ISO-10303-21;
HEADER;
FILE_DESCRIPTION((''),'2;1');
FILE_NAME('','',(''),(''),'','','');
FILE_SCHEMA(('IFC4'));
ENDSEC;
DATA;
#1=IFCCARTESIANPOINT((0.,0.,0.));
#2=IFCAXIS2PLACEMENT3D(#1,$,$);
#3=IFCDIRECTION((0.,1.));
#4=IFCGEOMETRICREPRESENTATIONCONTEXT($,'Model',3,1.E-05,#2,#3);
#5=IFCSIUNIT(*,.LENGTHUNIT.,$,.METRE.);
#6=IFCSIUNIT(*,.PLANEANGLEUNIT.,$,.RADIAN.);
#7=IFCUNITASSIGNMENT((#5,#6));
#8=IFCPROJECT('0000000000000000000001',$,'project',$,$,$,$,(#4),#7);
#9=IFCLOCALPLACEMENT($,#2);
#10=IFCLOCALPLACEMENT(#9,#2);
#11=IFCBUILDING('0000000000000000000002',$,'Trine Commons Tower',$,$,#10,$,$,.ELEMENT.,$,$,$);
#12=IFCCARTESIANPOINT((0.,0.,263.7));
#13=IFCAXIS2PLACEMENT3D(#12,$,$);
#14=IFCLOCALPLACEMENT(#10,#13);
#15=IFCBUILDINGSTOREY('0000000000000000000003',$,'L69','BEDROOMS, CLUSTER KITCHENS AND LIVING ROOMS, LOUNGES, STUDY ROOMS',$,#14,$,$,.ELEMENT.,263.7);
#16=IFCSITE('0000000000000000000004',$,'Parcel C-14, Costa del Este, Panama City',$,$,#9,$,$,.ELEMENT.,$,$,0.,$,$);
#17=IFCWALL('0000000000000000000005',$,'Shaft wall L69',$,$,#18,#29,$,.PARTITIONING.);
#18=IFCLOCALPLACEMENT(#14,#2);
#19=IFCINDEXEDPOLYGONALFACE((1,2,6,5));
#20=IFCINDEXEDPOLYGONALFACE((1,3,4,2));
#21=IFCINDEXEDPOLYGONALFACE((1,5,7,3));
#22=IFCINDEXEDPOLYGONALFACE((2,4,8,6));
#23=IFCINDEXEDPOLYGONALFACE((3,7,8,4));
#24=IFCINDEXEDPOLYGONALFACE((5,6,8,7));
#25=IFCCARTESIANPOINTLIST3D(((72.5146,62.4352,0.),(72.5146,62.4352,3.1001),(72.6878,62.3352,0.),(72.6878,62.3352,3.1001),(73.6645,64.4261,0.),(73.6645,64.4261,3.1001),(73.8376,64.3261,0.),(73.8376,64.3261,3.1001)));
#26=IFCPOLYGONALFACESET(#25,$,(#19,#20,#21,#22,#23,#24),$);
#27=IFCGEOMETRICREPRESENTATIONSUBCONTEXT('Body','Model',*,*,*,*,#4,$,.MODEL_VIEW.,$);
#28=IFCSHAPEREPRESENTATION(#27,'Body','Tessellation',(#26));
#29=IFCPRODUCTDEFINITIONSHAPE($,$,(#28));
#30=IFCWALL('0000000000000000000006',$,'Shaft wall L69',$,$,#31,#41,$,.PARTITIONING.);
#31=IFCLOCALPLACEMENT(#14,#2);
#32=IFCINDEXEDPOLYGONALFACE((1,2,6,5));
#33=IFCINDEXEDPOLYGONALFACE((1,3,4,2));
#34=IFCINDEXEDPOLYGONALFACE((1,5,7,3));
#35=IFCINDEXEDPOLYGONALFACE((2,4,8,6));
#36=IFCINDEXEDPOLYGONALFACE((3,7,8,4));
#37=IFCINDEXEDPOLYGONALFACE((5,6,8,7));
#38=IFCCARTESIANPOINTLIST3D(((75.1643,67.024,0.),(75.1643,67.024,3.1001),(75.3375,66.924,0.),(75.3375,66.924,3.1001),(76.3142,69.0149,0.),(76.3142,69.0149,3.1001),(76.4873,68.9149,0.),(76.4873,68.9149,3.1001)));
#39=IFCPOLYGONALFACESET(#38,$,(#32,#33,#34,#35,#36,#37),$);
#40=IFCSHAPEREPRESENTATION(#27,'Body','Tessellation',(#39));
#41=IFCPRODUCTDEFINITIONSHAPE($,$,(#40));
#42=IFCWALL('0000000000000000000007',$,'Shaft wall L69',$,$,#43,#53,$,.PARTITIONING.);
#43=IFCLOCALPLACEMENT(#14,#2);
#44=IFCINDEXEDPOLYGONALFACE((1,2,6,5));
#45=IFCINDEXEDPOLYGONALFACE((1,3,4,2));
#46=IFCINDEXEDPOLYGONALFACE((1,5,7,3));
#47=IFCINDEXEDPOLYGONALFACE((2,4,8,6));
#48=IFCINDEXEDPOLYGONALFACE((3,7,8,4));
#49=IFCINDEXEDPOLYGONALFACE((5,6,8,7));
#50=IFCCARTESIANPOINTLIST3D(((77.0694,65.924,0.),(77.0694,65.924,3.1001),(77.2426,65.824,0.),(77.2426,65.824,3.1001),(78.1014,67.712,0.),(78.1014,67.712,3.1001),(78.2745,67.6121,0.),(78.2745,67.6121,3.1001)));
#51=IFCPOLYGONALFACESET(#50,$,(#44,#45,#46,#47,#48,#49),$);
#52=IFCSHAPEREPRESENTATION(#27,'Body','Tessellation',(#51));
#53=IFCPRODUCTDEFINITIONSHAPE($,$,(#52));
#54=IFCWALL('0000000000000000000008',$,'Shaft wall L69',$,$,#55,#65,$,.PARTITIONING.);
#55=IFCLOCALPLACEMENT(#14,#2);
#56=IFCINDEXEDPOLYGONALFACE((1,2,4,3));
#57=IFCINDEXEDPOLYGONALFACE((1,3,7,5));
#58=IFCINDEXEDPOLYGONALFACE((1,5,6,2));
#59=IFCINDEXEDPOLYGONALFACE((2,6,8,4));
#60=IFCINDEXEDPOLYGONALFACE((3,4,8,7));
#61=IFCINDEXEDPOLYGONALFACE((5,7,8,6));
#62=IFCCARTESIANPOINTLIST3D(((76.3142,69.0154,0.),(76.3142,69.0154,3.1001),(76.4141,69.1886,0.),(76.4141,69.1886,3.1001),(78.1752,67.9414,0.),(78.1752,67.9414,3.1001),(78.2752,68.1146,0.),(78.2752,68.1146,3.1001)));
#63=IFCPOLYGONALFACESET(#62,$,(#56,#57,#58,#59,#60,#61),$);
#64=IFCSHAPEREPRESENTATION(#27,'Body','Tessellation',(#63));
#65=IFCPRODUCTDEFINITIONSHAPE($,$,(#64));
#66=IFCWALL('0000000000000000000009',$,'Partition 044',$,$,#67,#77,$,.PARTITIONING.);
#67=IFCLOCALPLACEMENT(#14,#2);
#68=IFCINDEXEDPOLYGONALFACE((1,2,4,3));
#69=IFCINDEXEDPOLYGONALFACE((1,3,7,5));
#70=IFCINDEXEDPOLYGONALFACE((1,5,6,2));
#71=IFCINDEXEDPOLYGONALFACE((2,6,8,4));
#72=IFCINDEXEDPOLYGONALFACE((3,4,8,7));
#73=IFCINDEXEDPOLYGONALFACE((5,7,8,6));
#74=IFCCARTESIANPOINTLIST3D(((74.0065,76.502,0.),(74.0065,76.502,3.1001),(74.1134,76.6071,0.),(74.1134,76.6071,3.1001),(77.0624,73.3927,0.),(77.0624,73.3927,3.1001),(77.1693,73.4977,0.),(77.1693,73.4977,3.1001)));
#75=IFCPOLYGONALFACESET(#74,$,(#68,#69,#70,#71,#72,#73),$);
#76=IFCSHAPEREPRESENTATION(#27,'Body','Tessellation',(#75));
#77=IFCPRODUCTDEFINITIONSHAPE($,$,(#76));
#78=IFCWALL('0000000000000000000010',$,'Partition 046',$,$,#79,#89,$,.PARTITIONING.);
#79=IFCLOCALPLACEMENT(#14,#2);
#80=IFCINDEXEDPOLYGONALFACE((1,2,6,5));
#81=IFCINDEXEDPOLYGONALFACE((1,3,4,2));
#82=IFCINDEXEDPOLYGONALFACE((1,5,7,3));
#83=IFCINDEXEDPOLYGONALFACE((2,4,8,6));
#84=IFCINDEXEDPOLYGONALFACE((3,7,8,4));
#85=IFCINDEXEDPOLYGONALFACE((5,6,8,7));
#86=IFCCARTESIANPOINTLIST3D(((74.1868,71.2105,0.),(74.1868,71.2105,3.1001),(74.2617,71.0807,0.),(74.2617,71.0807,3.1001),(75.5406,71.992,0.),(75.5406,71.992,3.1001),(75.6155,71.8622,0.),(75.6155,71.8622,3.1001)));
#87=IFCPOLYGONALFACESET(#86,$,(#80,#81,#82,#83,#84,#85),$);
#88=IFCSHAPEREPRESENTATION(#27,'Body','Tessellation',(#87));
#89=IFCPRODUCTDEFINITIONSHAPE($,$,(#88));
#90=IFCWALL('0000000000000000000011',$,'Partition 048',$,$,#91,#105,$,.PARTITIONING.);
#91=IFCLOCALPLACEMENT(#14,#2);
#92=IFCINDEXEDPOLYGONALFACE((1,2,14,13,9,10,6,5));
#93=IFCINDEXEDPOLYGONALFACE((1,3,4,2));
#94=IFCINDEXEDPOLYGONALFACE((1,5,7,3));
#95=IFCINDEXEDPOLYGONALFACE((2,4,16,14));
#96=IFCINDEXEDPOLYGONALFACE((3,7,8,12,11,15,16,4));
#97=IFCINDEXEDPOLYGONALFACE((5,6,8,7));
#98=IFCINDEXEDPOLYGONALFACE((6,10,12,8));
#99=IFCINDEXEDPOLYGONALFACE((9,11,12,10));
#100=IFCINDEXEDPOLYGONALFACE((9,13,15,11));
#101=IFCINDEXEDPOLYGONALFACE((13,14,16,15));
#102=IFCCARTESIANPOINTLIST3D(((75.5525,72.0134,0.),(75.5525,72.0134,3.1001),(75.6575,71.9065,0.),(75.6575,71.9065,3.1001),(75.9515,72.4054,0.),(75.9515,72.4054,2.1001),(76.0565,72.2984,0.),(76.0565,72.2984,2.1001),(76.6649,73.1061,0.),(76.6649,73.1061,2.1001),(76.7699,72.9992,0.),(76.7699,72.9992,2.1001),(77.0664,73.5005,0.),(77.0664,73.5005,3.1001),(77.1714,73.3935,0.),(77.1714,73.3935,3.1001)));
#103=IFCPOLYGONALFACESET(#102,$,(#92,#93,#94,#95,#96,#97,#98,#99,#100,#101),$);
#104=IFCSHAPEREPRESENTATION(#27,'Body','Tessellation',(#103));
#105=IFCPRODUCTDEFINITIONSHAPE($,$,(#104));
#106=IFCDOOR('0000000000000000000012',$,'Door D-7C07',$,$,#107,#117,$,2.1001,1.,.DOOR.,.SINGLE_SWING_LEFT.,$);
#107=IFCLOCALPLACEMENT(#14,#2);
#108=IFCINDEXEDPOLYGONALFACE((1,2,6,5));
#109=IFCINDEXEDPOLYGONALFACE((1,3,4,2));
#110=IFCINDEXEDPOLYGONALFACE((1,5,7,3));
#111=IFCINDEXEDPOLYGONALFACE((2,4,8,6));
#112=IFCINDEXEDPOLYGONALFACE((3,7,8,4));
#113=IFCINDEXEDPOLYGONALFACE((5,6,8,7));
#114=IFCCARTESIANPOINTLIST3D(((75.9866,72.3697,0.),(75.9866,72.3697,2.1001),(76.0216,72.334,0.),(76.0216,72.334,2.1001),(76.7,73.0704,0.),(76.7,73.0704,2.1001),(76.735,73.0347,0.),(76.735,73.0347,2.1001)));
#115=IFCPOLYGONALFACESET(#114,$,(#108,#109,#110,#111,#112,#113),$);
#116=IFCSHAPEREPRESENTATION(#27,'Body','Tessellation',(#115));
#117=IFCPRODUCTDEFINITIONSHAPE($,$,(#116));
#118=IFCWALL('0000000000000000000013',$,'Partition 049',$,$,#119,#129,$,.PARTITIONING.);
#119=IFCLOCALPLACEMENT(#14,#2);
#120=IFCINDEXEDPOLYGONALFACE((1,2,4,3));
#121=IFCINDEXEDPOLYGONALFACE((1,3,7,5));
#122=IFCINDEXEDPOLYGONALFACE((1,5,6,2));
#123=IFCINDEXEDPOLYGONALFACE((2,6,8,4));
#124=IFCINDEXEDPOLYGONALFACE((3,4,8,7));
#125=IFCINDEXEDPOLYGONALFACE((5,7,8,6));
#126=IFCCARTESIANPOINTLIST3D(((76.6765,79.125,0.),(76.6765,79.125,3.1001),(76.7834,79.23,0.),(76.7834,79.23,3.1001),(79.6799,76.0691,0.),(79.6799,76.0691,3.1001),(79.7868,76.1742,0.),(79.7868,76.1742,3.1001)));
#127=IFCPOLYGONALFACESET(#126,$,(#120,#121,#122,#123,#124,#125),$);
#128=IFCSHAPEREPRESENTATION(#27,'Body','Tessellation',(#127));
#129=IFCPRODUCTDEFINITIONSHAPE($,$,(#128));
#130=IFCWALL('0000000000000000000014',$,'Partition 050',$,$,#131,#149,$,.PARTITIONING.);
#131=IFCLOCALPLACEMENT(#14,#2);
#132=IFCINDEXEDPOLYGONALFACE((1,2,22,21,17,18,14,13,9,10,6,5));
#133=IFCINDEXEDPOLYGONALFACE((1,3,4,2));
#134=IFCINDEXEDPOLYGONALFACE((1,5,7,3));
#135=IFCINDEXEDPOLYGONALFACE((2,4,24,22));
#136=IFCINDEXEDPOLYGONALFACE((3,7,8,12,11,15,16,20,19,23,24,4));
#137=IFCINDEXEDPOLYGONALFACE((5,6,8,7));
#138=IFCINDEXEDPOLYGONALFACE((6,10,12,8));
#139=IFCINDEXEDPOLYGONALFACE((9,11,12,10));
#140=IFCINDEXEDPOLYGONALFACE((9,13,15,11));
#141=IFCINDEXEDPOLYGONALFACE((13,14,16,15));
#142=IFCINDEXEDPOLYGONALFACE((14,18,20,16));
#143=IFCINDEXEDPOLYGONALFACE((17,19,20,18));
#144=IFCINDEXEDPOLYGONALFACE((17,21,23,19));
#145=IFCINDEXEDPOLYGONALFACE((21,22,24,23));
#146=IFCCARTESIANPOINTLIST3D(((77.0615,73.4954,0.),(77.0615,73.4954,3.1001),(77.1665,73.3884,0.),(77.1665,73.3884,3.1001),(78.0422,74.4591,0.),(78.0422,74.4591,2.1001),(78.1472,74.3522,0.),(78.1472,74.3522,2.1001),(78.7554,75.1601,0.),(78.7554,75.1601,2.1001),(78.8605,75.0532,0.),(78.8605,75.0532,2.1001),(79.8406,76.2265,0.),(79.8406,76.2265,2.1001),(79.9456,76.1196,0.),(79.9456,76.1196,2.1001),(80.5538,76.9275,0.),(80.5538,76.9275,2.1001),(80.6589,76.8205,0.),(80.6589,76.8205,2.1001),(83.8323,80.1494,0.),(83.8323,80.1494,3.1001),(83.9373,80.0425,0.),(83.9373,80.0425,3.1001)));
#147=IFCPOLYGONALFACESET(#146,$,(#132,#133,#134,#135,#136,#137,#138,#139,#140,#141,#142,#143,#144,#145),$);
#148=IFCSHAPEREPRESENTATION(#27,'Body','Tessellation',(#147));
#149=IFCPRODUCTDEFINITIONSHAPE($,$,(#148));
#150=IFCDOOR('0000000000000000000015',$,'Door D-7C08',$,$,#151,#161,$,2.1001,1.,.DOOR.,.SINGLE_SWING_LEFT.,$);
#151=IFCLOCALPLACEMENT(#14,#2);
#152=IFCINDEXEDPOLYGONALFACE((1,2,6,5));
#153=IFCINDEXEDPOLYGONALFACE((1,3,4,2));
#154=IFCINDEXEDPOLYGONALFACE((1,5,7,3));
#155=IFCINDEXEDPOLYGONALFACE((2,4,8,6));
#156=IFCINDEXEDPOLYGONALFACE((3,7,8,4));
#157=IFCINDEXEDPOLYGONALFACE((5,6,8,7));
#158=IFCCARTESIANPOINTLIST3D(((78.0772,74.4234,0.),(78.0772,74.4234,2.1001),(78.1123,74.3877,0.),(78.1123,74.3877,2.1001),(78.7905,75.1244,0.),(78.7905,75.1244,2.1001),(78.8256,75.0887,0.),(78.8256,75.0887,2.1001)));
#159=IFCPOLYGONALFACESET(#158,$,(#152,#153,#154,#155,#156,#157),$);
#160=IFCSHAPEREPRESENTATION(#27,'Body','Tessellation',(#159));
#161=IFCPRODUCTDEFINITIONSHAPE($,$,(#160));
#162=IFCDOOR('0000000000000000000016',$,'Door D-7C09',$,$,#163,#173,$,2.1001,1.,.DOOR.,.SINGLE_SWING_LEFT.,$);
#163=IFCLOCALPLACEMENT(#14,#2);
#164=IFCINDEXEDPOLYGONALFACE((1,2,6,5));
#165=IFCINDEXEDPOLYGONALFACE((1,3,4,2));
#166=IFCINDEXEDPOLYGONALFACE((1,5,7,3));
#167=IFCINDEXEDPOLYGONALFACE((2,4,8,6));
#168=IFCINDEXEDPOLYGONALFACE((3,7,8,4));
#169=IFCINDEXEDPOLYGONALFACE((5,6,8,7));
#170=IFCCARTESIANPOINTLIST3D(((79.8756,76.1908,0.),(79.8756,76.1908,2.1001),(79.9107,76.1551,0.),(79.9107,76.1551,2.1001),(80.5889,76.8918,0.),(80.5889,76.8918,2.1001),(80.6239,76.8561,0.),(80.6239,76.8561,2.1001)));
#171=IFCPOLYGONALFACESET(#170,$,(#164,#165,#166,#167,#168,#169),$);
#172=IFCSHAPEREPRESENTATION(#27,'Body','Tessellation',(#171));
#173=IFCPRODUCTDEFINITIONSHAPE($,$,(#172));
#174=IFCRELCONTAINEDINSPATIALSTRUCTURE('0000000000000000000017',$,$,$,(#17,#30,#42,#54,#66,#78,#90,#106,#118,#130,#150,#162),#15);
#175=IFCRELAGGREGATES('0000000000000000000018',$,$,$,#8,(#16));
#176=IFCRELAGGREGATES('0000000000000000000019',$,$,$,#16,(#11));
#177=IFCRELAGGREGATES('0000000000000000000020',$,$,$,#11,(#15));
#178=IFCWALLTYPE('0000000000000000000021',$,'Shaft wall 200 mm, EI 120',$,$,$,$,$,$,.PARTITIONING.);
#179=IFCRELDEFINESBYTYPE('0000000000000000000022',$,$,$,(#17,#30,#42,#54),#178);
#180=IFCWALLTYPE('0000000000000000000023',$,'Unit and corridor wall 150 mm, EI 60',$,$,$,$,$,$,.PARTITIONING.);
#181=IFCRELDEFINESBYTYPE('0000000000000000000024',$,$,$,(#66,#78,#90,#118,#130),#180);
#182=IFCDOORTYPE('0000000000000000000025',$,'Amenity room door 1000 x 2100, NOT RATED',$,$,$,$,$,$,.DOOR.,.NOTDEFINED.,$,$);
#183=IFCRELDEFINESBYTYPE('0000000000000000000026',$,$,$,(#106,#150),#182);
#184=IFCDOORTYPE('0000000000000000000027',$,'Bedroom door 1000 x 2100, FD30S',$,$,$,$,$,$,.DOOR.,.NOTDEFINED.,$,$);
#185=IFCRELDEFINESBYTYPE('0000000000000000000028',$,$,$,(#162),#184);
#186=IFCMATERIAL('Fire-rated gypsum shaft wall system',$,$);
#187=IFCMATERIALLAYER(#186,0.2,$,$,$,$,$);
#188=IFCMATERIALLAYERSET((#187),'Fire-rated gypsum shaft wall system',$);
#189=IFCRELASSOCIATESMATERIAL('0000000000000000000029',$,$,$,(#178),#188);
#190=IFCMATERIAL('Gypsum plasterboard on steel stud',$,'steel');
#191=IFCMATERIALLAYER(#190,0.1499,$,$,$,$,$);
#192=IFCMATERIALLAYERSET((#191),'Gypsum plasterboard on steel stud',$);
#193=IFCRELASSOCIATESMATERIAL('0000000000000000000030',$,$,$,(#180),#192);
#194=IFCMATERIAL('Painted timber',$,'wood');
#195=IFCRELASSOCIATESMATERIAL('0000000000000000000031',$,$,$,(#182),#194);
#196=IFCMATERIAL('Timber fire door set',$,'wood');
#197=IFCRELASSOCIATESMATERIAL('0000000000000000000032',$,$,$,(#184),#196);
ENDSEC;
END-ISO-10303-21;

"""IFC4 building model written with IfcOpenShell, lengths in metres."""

from ifc_helpers import new_model, si_unit, direction, frame, frame_2d, origin, place, context, subcontext, project, spatial, rectangle, extrude, material, layer, layer_set, type_object, element, fill, save


model = new_model("IFC4")

# Units and contexts
model_context = context("Model", 3, precision=1e-05, world=origin(), true_north=direction((0.0, 1.0)))
body_context = subcontext(model_context, "Body", "Model", "MODEL_VIEW")
ifc_project = project(units=[si_unit("LENGTHUNIT", "METRE"), si_unit("PLANEANGLEUNIT", "RADIAN")], contexts=[model_context])

# Site, building, storey
site_placement = place(None, origin())
site = spatial("IfcSite", under=ifc_project, at=site_placement, Name="Parcel C-14, Costa del Este, Panama City", CompositionType="ELEMENT", RefElevation=0.0)
building_placement = place(site_placement, origin())
building = spatial("IfcBuilding", under=site, at=building_placement, Name="Trine Commons Tower", CompositionType="ELEMENT")
storey_placement = place(building_placement, frame((0.0, 0.0, 263.7)))
storey = spatial("IfcBuildingStorey", under=building, at=storey_placement, Name="L69", Description="BEDROOMS, CLUSTER KITCHENS AND LIVING ROOMS, LOUNGES, STUDY ROOMS", CompositionType="ELEMENT", Elevation=263.7)

# Shared definitions
ifc_material_1 = material(Name="Fire-rated gypsum shaft wall system")

# Walls
ifc_layer_1 = layer(ifc_material_1, 0.2)
ifc_layer_set_1 = layer_set([ifc_layer_1], Name="Fire-rated gypsum shaft wall system")
wall_type_1 = type_object("IfcWallType", Name="Shaft wall 200 mm, EI 120", PredefinedType="PARTITIONING", material=ifc_layer_set_1)
for number, where, z_axis, x_axis, name in (
    (1, (73.751, 64.376, 0.0), (0.0, 0.0, 1.0), (-0.500136, -0.865947, 0.0), "Shaft wall L69"),
    (2, (75.251, 66.9741, 0.0), (0.0, 0.0, 1.0), (0.500136, 0.865947, 0.0), "Shaft wall L69"),
):
    element("IfcWall", number, at=place(storey_placement, frame(where, z_axis=z_axis, x_axis=x_axis)), inside=storey, type_object=wall_type_1, Name=name, PredefinedType="PARTITIONING", context=body_context, shape_type="SweptSolid", body=[
        extrude(rectangle(XDim=2.2991, YDim=0.2, at=frame_2d((1.1494, 0.0))), origin(), (0.0, 0.0, 1.0), 3.1001),
    ])
wall_1_placement = place(storey_placement, frame((77.156, 65.874, 0.0), z_axis=(0.0, 0.0, 1.0), x_axis=(0.499866, 0.866103, 0.0)))
element("IfcWall", 3, at=wall_1_placement, inside=storey, type_object=wall_type_1, Name="Shaft wall L69", PredefinedType="PARTITIONING", context=body_context, shape_type="SweptSolid", body=[
    extrude(rectangle(XDim=2.0645, YDim=0.2, at=frame_2d((1.0322, 0.0))), origin(), (0.0, 0.0, 1.0), 3.1001),
])
wall_2_placement = place(storey_placement, frame((78.2251, 68.0281, 0.0), z_axis=(0.0, 0.0, 1.0), x_axis=(-0.866131, 0.499818, 0.0)))
element("IfcWall", 4, at=wall_2_placement, inside=storey, type_object=wall_type_1, Name="Shaft wall L69", PredefinedType="PARTITIONING", context=body_context, shape_type="SweptSolid", body=[
    extrude(rectangle(XDim=2.1487, YDim=0.2, at=frame_2d((1.0742, 0.0))), origin(), (0.0, 0.0, 1.0), 3.1001),
])
ifc_material_2 = material(Name="Gypsum plasterboard on steel stud", Category="steel")
ifc_layer_2 = layer(ifc_material_2, 0.1499)
ifc_layer_set_2 = layer_set([ifc_layer_2], Name="Gypsum plasterboard on steel stud")
wall_type_2 = type_object("IfcWallType", Name="Unit and corridor wall 150 mm, EI 60", PredefinedType="PARTITIONING", material=ifc_layer_set_2)
wall_3_placement = place(storey_placement, frame((74.0601, 76.5544, 0.0), z_axis=(0.0, 0.0, 1.0), x_axis=(0.700948, -0.713212, 0.0)))
element("IfcWall", 5, at=wall_3_placement, inside=storey, type_object=wall_type_2, Name="Partition 044", PredefinedType="PARTITIONING", context=body_context, shape_type="SweptSolid", body=[
    extrude(rectangle(XDim=4.3596, YDim=0.1499, at=frame_2d((2.1797, 0.0))), origin(), (0.0, 0.0, 1.0), 3.1001),
])
wall_4_placement = place(storey_placement, frame((74.2241, 71.1455, 0.0), z_axis=(0.0, 0.0, 1.0), x_axis=(0.866053, 0.499952, 0.0)))
element("IfcWall", 6, at=wall_4_placement, inside=storey, type_object=wall_type_2, Name="Partition 046", PredefinedType="PARTITIONING", context=body_context, shape_type="SweptSolid", body=[
    extrude(rectangle(XDim=1.5632, YDim=0.1499, at=frame_2d((0.7817, 0.0))), origin(), (0.0, 0.0, 1.0), 3.1001),
])

# Wall, opening, door
wall_5_placement = place(storey_placement, frame((75.605, 71.96, 0.0), z_axis=(0.0, 0.0, 1.0), x_axis=(0.713406, 0.700751, 0.0)))
wall_5 = element("IfcWall", 7, at=wall_5_placement, inside=storey, type_object=wall_type_2, Name="Partition 048", PredefinedType="PARTITIONING", context=body_context, shape_type="SweptSolid", body=[
    extrude(rectangle(XDim=2.1221, YDim=0.1499, at=frame_2d((1.061, 0.0))), origin(), (0.0, 0.0, 1.0), 3.1001),
])
opening_1_placement = place(wall_5_placement, frame((0.5593, 0.0, 0.0)))
opening_1 = element("IfcOpeningElement", 8, at=opening_1_placement, cuts=wall_5, PredefinedType="OPENING", context=body_context, shape_type="SweptSolid", body=[
    extrude(rectangle(XDim=1.0, YDim=2.1001, at=frame_2d((0.5, 1.05))), frame((0.0, 0.085, 0.0), z_axis=(0.0, -1.0, 0.0), x_axis=(1.0, 0.0, 0.0)), (0.0, 0.0, 1.0), 0.1699),
])
ifc_material_3 = material(Name="Painted timber", Category="wood")
door_type_1 = type_object("IfcDoorType", Name="Amenity room door 1000 x 2100, NOT RATED", OperationType="NOTDEFINED", PredefinedType="DOOR", material=ifc_material_3)
door_1_placement = place(opening_1_placement, origin())
door_1 = element("IfcDoor", 9, at=door_1_placement, inside=storey, type_object=door_type_1, Name="Door D-7C07", OperationType="SINGLE_SWING_LEFT", OverallHeight=2.1001, OverallWidth=1.0, PredefinedType="DOOR", context=body_context, shape_type="SweptSolid", body=[
    extrude(rectangle(XDim=1.0, YDim=2.1001, at=frame_2d((0.5, 1.05))), frame((0.0, 0.0249, 0.0), z_axis=(0.0, -1.0, 0.0), x_axis=(1.0, 0.0, 0.0)), (0.0, 0.0, 1.0), 0.05),
])
fill(opening_1, door_1)

# Wall
wall_6_placement = place(storey_placement, frame((76.73, 79.1775, 0.0), z_axis=(0.0, 0.0, 1.0), x_axis=(0.700955, -0.713205, 0.0)))
element("IfcWall", 10, at=wall_6_placement, inside=storey, type_object=wall_type_2, Name="Partition 049", PredefinedType="PARTITIONING", context=body_context, shape_type="SweptSolid", body=[
    extrude(rectangle(XDim=4.2847, YDim=0.1499, at=frame_2d((2.1423, 0.0))), origin(), (0.0, 0.0, 1.0), 3.1001),
])

# Wall, openings, doors
wall_7_placement = place(storey_placement, frame((77.114, 73.4419, 0.0), z_axis=(0.0, 0.0, 1.0), x_axis=(0.713227, 0.700934, 0.0)))
wall_7 = element("IfcWall", 11, at=wall_7_placement, inside=storey, type_object=wall_type_2, Name="Partition 050", PredefinedType="PARTITIONING", context=body_context, shape_type="SweptSolid", body=[
    extrude(rectangle(XDim=9.4932, YDim=0.1499, at=frame_2d((4.7466, 0.0))), origin(), (0.0, 0.0, 1.0), 3.1001),
])
opening_2_placement = place(wall_7_placement, frame((1.375, 0.0, 0.0)))
opening_2 = element("IfcOpeningElement", 12, at=opening_2_placement, cuts=wall_7, PredefinedType="OPENING", context=body_context, shape_type="SweptSolid", body=[
    extrude(rectangle(XDim=1.0, YDim=2.1001, at=frame_2d((0.5, 1.05))), frame((0.0, 0.085, 0.0), z_axis=(0.0, -1.0, 0.0), x_axis=(1.0, 0.0, 0.0)), (0.0, 0.0, 1.0), 0.1699),
])
opening_3_placement = place(wall_7_placement, frame((3.8965, 0.0, 0.0)))
opening_3 = element("IfcOpeningElement", 13, at=opening_3_placement, cuts=wall_7, PredefinedType="OPENING", context=body_context, shape_type="SweptSolid", body=[
    extrude(rectangle(XDim=1.0, YDim=2.1001, at=frame_2d((0.5, 1.05))), frame((0.0, 0.085, 0.0), z_axis=(0.0, -1.0, 0.0), x_axis=(1.0, 0.0, 0.0)), (0.0, 0.0, 1.0), 0.1699),
])
door_2_placement = place(opening_2_placement, origin())
door_2 = element("IfcDoor", 14, at=door_2_placement, inside=storey, type_object=door_type_1, Name="Door D-7C08", OperationType="SINGLE_SWING_LEFT", OverallHeight=2.1001, OverallWidth=1.0, PredefinedType="DOOR", context=body_context, shape_type="SweptSolid", body=[
    extrude(rectangle(XDim=1.0, YDim=2.1001, at=frame_2d((0.5, 1.05))), frame((0.0, 0.0249, 0.0), z_axis=(0.0, -1.0, 0.0), x_axis=(1.0, 0.0, 0.0)), (0.0, 0.0, 1.0), 0.05),
])
fill(opening_2, door_2)
ifc_material_4 = material(Name="Timber fire door set", Category="wood")
door_type_2 = type_object("IfcDoorType", Name="Bedroom door 1000 x 2100, FD30S", OperationType="NOTDEFINED", PredefinedType="DOOR", material=ifc_material_4)
door_3_placement = place(opening_3_placement, origin())
door_3 = element("IfcDoor", 15, at=door_3_placement, inside=storey, type_object=door_type_2, Name="Door D-7C09", OperationType="SINGLE_SWING_LEFT", OverallHeight=2.1001, OverallWidth=1.0, PredefinedType="DOOR", context=body_context, shape_type="SweptSolid", body=[
    extrude(rectangle(XDim=1.0, YDim=2.1001, at=frame_2d((0.5, 1.05))), frame((0.0, 0.0249, 0.0), z_axis=(0.0, -1.0, 0.0), x_axis=(1.0, 0.0, 0.0)), (0.0, 0.0, 1.0), 0.05),
])
fill(opening_3, door_3)

save(model, "model.ifc")
